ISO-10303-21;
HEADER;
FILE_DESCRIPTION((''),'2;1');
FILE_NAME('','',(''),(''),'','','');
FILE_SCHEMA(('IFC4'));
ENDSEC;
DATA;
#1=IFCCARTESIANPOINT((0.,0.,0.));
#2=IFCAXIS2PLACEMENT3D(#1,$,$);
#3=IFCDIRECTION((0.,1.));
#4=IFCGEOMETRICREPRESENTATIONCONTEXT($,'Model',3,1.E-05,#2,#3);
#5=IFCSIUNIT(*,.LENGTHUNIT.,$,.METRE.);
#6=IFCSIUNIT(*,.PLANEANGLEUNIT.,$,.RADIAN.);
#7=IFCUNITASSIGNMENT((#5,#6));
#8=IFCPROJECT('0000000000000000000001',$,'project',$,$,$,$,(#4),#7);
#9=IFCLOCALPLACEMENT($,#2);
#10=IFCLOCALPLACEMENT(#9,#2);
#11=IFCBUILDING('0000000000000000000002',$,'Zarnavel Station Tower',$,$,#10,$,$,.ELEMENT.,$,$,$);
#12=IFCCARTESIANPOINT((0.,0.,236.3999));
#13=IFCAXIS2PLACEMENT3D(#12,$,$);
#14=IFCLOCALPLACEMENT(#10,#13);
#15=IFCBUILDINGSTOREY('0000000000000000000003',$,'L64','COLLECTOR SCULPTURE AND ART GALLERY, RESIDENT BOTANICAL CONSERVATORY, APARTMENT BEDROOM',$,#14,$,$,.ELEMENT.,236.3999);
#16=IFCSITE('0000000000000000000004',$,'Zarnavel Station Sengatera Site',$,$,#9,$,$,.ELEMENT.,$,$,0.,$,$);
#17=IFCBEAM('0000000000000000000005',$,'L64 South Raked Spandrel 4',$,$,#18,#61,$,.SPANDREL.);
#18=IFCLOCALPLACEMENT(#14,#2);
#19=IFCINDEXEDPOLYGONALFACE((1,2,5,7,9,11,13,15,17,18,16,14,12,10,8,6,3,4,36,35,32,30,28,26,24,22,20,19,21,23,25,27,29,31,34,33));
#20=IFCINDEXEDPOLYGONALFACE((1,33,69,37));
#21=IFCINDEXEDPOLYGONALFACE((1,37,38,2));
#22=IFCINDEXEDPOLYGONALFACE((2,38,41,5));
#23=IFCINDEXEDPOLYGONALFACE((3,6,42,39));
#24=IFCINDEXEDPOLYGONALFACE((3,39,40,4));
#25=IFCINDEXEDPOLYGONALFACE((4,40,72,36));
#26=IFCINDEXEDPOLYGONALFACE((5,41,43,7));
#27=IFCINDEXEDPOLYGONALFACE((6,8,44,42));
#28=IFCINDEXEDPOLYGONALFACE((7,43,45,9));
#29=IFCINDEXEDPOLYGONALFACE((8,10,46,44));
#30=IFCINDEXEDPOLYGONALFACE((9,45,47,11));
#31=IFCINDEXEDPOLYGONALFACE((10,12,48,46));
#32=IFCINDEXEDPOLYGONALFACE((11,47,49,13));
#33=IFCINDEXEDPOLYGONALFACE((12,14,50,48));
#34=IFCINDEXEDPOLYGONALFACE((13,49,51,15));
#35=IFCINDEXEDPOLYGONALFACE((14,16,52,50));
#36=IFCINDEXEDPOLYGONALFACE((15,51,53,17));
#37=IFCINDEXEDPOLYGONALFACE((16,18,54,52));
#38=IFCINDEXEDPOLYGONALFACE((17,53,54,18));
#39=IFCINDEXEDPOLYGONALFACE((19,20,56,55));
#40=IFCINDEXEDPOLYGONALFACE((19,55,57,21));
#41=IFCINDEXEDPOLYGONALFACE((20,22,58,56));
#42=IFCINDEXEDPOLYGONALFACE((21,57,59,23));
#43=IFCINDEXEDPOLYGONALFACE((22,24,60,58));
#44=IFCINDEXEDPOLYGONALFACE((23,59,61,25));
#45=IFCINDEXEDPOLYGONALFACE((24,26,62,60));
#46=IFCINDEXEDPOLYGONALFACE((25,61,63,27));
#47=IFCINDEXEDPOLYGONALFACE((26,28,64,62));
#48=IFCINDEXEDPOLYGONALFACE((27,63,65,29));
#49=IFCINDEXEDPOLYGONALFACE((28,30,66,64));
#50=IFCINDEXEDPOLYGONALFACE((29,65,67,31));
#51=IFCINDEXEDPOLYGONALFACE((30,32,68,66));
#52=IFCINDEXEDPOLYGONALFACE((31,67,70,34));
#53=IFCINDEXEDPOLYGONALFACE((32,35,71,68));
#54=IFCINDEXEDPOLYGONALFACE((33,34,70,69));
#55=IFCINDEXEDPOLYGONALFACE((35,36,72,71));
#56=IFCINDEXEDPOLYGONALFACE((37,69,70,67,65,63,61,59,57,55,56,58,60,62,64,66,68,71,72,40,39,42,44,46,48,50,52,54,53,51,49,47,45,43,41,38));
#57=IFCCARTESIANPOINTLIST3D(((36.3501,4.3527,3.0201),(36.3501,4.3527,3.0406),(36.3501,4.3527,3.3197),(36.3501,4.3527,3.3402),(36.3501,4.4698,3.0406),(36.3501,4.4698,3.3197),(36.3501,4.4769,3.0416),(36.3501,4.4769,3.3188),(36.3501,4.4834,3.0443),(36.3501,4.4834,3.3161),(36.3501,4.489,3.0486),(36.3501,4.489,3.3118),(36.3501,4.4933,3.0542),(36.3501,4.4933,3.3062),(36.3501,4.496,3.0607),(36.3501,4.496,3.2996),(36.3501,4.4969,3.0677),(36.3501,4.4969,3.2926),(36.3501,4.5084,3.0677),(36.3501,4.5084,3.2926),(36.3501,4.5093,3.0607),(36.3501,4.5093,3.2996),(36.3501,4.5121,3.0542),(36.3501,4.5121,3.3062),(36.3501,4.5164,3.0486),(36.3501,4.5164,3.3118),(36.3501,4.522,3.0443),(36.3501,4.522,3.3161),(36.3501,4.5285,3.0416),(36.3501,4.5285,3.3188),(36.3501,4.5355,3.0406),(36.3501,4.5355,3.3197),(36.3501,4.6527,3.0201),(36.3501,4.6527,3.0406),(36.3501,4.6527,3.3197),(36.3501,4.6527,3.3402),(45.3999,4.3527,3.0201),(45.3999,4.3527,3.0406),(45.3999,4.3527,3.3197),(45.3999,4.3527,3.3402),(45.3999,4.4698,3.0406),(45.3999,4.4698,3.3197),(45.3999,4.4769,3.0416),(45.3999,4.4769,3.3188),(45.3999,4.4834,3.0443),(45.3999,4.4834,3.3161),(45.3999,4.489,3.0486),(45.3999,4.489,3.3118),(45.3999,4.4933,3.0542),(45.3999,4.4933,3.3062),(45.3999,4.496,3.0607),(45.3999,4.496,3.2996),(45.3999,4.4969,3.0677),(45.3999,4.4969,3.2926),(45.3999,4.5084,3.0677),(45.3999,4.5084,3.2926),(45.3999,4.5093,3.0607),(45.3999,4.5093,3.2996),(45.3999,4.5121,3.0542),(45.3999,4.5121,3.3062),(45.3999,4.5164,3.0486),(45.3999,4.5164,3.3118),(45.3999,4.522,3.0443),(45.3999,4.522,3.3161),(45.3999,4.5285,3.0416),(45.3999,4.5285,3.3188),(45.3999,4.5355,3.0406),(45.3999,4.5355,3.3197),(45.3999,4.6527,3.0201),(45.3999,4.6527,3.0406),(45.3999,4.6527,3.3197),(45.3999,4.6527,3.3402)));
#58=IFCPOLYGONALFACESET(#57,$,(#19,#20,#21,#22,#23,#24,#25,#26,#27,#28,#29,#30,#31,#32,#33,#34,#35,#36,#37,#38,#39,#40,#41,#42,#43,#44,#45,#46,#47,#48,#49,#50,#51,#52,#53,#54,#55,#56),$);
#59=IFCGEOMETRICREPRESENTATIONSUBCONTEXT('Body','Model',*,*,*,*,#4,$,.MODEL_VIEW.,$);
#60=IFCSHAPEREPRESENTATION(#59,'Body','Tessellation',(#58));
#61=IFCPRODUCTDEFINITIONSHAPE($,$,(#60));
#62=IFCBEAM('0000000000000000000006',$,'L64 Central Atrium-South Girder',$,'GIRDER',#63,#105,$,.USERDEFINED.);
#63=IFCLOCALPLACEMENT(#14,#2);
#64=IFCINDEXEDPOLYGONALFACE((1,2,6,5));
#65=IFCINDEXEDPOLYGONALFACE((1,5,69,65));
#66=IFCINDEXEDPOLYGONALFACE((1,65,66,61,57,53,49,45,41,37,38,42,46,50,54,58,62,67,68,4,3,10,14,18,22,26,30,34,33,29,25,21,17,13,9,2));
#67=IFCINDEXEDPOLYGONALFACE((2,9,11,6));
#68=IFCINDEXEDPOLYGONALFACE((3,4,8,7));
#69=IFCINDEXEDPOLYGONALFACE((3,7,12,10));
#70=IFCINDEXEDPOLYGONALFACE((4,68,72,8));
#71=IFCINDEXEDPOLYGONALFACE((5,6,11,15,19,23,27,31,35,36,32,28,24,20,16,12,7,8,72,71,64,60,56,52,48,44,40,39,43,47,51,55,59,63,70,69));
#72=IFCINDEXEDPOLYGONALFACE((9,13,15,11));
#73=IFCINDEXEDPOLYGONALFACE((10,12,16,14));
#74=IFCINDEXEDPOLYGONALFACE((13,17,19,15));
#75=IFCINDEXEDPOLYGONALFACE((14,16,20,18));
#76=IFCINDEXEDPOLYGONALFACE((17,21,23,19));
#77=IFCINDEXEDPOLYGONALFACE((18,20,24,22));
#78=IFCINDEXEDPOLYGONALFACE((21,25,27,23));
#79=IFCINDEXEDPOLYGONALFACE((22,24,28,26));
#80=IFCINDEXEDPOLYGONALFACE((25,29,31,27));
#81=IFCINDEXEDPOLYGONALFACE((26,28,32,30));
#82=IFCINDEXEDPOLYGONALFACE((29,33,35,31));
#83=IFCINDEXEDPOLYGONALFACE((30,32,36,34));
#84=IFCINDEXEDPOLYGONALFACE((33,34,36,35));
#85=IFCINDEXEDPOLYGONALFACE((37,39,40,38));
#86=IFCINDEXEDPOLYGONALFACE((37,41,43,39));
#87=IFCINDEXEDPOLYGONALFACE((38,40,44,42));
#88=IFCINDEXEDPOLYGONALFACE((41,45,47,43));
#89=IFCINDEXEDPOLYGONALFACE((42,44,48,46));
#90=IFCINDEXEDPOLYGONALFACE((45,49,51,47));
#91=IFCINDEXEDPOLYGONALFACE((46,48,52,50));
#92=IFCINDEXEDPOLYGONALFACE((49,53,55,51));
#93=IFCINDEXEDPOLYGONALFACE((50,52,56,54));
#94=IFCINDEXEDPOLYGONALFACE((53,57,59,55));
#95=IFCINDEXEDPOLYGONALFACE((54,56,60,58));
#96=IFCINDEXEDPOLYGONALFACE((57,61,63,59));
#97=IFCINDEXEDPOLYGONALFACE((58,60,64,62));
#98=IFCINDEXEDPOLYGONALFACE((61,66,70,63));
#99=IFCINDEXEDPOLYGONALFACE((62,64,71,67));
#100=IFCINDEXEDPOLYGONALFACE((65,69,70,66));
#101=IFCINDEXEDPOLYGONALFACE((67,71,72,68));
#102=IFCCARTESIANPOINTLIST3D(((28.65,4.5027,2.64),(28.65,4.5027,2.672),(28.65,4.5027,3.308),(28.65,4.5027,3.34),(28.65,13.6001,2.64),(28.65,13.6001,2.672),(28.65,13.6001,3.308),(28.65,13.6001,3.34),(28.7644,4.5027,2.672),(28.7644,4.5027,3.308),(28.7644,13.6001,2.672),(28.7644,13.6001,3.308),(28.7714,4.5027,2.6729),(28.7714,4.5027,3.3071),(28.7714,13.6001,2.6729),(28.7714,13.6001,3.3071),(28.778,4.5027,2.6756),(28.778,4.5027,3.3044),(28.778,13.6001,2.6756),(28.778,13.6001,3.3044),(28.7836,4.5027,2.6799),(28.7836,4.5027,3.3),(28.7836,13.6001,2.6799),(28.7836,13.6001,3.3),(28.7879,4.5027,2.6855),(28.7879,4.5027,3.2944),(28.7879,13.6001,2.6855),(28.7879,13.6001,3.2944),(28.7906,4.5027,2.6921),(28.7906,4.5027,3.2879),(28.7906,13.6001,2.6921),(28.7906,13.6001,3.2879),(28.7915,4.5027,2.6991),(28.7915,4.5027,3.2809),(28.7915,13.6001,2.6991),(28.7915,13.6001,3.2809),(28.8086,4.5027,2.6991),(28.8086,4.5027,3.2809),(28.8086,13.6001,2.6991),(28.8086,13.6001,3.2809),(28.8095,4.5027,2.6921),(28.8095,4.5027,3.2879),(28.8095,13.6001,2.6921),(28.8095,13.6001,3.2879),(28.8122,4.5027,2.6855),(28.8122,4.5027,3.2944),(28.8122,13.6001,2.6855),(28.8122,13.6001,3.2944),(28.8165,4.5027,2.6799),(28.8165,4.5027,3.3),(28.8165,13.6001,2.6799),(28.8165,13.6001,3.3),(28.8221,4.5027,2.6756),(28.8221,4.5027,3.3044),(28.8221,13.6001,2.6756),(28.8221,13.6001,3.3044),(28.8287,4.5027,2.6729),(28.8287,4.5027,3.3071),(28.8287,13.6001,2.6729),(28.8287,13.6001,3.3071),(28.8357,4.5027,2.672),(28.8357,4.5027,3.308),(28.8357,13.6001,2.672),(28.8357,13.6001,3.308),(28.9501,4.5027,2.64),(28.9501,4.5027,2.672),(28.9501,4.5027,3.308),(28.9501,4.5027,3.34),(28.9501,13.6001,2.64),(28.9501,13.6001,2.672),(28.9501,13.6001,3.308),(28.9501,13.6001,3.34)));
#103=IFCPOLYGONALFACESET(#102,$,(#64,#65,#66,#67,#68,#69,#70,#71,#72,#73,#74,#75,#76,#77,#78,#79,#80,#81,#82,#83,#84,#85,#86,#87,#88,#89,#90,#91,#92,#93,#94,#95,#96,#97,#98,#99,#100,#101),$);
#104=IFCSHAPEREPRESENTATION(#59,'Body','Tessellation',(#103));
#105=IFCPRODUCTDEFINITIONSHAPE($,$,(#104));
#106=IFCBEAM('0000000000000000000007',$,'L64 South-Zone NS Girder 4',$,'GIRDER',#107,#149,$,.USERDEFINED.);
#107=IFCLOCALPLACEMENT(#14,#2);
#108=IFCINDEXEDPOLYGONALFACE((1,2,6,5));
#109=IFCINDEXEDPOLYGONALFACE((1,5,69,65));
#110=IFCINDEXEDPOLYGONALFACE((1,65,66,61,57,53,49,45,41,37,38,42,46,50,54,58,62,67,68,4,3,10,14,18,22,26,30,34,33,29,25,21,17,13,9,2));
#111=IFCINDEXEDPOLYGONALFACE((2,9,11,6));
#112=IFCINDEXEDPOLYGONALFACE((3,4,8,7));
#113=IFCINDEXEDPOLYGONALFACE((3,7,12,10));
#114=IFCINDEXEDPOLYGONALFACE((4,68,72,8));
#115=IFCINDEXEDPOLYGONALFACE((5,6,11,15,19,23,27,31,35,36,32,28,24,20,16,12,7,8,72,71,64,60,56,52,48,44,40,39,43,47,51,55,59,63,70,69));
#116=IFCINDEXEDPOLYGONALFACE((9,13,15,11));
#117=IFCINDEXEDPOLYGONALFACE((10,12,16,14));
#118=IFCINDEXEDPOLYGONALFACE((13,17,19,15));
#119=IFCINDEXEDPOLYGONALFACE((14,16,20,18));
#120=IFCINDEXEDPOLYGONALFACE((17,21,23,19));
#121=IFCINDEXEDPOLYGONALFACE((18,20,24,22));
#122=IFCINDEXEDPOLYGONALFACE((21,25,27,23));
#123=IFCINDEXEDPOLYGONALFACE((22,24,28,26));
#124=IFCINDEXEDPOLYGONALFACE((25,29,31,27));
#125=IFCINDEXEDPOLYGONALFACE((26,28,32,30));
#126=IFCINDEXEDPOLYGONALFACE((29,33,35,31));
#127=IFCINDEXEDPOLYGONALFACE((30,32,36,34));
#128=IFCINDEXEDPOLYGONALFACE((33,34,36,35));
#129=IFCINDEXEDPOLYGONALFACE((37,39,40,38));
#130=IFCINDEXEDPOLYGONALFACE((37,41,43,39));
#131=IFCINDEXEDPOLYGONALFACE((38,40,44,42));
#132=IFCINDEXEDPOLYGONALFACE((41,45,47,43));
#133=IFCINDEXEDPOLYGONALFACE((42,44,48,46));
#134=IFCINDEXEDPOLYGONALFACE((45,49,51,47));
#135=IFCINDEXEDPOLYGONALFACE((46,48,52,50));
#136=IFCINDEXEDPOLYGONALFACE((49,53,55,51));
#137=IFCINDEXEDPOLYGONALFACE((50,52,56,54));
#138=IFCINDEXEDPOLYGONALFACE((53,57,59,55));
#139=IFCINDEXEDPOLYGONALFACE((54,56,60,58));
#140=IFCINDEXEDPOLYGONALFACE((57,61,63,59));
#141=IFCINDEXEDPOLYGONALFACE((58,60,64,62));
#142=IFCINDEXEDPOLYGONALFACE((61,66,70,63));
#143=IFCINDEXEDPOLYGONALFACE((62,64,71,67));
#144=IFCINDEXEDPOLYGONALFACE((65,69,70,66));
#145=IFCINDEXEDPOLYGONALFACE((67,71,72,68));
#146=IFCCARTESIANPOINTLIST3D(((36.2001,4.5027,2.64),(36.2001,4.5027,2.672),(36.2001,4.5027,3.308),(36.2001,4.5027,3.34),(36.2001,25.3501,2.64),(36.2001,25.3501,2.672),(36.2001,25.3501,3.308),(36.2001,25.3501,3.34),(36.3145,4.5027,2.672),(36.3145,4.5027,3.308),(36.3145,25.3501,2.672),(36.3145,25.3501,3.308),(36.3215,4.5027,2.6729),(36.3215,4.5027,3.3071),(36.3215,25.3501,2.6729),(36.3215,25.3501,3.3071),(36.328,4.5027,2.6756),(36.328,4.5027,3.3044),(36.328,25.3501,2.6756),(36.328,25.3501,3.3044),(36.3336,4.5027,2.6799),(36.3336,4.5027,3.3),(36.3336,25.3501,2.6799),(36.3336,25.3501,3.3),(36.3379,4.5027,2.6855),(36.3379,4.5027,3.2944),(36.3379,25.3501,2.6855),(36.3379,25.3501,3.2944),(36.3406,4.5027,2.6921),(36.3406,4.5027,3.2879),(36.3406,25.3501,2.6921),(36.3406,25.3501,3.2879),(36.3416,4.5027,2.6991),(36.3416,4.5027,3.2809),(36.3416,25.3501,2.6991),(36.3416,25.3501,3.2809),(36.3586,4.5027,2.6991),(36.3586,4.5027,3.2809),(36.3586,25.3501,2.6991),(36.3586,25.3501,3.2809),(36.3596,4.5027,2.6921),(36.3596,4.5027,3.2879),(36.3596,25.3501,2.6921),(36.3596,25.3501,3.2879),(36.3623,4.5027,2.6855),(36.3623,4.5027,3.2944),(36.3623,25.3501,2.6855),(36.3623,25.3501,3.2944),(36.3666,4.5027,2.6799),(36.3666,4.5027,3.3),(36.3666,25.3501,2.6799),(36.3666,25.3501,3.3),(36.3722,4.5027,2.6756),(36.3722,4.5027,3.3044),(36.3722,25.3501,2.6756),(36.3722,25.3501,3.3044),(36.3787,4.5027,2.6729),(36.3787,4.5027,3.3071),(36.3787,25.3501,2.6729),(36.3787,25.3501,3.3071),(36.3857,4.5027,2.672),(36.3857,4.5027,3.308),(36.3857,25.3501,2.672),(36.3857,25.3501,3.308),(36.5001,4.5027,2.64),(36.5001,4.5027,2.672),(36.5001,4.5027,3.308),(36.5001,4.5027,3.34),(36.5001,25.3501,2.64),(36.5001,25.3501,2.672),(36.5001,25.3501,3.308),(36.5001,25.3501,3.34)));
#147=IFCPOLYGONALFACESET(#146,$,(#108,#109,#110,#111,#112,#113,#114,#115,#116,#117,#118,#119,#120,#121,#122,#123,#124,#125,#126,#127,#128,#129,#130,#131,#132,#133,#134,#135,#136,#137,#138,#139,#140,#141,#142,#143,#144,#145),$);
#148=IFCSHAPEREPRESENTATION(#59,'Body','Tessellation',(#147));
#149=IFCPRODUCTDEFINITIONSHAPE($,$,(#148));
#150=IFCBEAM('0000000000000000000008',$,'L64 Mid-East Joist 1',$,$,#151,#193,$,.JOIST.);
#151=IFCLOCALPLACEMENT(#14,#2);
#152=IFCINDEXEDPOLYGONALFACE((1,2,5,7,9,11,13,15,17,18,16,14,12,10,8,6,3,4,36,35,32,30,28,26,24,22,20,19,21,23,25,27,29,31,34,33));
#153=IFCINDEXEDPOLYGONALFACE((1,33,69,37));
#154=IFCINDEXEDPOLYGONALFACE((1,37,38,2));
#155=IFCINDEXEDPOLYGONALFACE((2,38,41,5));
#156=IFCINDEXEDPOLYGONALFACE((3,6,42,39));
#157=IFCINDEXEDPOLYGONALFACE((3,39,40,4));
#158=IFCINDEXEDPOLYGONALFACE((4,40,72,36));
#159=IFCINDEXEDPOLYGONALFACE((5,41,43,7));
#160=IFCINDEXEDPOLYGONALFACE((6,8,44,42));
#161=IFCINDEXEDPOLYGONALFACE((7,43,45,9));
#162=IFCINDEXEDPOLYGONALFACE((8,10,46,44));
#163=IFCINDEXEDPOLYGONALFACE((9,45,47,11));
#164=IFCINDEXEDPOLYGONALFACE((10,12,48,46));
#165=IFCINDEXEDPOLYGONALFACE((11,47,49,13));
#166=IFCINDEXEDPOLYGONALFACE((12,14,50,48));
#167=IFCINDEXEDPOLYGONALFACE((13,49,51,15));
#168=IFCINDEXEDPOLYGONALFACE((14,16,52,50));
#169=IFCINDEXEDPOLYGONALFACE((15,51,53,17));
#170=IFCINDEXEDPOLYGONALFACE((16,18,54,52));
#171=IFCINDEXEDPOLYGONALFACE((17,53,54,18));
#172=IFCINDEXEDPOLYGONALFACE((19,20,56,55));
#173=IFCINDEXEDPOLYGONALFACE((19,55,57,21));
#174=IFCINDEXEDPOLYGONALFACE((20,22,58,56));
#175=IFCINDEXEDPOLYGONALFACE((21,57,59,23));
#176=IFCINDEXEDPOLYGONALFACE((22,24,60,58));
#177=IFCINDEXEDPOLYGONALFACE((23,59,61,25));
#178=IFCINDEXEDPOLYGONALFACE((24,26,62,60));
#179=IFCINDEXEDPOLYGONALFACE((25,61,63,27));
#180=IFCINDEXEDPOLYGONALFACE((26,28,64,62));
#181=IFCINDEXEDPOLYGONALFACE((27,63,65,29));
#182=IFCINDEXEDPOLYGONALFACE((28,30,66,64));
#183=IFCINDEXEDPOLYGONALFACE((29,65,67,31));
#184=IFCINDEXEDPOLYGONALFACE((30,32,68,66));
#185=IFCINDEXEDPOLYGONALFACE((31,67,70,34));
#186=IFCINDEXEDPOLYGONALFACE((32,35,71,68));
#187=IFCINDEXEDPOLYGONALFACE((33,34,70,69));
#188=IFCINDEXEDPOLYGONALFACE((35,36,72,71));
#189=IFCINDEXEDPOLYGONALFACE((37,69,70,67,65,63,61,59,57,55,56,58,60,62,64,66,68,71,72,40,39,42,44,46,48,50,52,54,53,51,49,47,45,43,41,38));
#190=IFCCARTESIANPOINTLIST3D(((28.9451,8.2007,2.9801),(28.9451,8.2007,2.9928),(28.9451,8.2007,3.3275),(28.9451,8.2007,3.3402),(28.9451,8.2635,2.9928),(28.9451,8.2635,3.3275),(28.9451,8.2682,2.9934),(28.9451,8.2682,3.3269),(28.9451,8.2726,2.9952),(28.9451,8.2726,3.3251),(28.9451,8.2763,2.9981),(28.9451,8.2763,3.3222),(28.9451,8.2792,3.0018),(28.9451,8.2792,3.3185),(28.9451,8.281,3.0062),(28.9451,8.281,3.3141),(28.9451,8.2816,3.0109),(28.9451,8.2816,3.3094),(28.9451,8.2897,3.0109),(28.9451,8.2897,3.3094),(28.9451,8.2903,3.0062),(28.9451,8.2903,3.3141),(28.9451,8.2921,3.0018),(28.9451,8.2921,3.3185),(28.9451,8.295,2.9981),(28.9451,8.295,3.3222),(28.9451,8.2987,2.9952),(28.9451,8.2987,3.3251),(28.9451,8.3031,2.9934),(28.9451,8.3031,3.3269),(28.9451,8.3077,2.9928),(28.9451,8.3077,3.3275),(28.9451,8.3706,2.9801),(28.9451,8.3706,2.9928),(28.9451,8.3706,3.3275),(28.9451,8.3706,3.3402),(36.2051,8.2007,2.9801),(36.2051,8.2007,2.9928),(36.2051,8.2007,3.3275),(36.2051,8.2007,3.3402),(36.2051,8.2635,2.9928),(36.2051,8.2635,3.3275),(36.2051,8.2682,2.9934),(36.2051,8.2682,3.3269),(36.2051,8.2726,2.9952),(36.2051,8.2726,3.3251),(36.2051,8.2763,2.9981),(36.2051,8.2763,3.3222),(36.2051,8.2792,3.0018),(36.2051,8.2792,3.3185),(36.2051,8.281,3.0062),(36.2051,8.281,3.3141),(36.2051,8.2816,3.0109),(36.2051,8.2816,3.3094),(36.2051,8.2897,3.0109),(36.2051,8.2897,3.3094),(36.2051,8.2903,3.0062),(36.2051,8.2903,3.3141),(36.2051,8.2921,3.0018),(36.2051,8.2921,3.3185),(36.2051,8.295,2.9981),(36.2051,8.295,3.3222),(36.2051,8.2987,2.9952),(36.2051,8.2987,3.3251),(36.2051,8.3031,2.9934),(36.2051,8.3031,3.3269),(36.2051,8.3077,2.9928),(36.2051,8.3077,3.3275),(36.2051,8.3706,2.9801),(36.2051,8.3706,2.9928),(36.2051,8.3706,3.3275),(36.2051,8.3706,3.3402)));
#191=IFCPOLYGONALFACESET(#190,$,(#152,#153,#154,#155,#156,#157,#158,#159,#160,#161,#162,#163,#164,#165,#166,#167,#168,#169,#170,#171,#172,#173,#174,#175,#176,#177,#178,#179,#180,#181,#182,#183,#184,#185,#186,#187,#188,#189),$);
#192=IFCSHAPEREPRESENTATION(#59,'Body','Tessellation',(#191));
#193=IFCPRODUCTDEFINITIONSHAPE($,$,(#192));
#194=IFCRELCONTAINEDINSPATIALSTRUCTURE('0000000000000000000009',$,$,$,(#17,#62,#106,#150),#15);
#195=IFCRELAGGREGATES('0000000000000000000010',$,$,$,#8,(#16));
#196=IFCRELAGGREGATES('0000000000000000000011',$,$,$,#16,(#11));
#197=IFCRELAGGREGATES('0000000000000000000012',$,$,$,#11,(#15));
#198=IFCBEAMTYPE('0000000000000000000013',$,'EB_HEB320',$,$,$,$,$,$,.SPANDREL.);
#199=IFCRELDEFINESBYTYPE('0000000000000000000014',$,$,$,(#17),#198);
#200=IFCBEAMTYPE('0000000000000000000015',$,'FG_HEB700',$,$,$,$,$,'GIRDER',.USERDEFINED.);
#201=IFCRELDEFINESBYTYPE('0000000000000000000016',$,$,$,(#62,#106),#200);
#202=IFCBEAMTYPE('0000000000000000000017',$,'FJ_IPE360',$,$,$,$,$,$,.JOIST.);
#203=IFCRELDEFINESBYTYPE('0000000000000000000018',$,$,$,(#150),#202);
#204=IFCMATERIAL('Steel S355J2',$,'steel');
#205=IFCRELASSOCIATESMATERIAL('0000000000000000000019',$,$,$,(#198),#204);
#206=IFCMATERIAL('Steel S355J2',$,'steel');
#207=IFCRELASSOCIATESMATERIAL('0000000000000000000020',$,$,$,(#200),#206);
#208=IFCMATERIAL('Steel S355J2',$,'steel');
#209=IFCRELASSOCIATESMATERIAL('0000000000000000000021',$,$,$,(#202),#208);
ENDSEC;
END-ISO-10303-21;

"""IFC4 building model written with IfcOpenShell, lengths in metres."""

from ifc_helpers import new_model, si_unit, direction, frame, origin, origin_2d, place, context, subcontext, project, spatial, i_section, extrude, material, material_profile, profile_set, type_object, element, save


model = new_model("IFC4")

# Units and contexts
model_context = context("Model", 3, precision=1e-05, world=origin(), true_north=direction((0.0, 1.0)))
body_context = subcontext(model_context, "Body", "Model", "MODEL_VIEW")
ifc_project = project(units=[si_unit("LENGTHUNIT", "METRE"), si_unit("PLANEANGLEUNIT", "RADIAN")], contexts=[model_context])

# Site, building, storey
site_placement = place(None, origin())
site = spatial("IfcSite", under=ifc_project, at=site_placement, Name="Zarnavel Station Sengatera Site", CompositionType="ELEMENT", RefElevation=0.0)
building_placement = place(site_placement, origin())
building = spatial("IfcBuilding", under=site, at=building_placement, Name="Zarnavel Station Tower", CompositionType="ELEMENT")
storey_placement = place(building_placement, frame((0.0, 0.0, 236.3999)))
storey = spatial("IfcBuildingStorey", under=building, at=storey_placement, Name="L64", Description="COLLECTOR SCULPTURE AND ART GALLERY, RESIDENT BOTANICAL CONSERVATORY, APARTMENT BEDROOM", CompositionType="ELEMENT", Elevation=236.3999)

# Beams
ifc_material_1 = material(Name="Steel S355J2", Category="steel")
ifc_material_profile_1 = material_profile(ifc_material_1, i_section(OverallWidth=0.3, OverallDepth=0.3201, WebThickness=0.0115, FlangeThickness=0.0205, FilletRadius=0.0271, at=origin_2d()), Name="HEB320")
ifc_profile_set_1 = profile_set([ifc_material_profile_1], Name="Steel S355J2")
beam_type_1 = type_object("IfcBeamType", Name="EB_HEB320", PredefinedType="SPANDREL", material=ifc_profile_set_1)
beam_1_placement = place(storey_placement, frame((36.3501, 4.5027, 3.1802), z_axis=(1.0, 0.0, 0.0), x_axis=(0.0, 1.0, 0.0)))
element("IfcBeam", 1, at=beam_1_placement, inside=storey, type_object=beam_type_1, Name="L64 South Raked Spandrel 4", PredefinedType="SPANDREL", context=body_context, shape_type="SweptSolid", body=[
    extrude(i_section(OverallWidth=0.3, OverallDepth=0.3201, WebThickness=0.0115, FlangeThickness=0.0205, FilletRadius=0.0271, at=origin_2d()), origin(), (0.0, 0.0, 1.0), 9.0498),
])
ifc_material_2 = material(Name="Steel S355J2", Category="steel")
ifc_material_profile_2 = material_profile(ifc_material_2, i_section(OverallWidth=0.3, OverallDepth=0.7, WebThickness=0.0171, FlangeThickness=0.032, FilletRadius=0.0271, at=origin_2d()), Name="HEB700")
ifc_profile_set_2 = profile_set([ifc_material_profile_2], Name="Steel S355J2")
beam_type_2 = type_object("IfcBeamType", Name="FG_HEB700", ElementType="GIRDER", PredefinedType="USERDEFINED", material=ifc_profile_set_2)
beam_2_placement = place(storey_placement, frame((28.8, 4.5027, 2.99), z_axis=(0.0, 1.0, 0.0), x_axis=(-1.0, 0.0, 0.0)))
element("IfcBeam", 2, at=beam_2_placement, inside=storey, type_object=beam_type_2, Name="L64 Central Atrium-South Girder", ObjectType="GIRDER", PredefinedType="USERDEFINED", context=body_context, shape_type="SweptSolid", body=[
    extrude(i_section(OverallWidth=0.3, OverallDepth=0.7, WebThickness=0.0171, FlangeThickness=0.032, FilletRadius=0.0271, at=origin_2d()), origin(), (0.0, 0.0, 1.0), 9.0974),
])
beam_3_placement = place(storey_placement, frame((36.3501, 4.5027, 2.99), z_axis=(0.0, 1.0, 0.0), x_axis=(-1.0, 0.0, 0.0)))
element("IfcBeam", 3, at=beam_3_placement, inside=storey, type_object=beam_type_2, Name="L64 South-Zone NS Girder 4", ObjectType="GIRDER", PredefinedType="USERDEFINED", context=body_context, shape_type="SweptSolid", body=[
    extrude(i_section(OverallWidth=0.3, OverallDepth=0.7, WebThickness=0.0171, FlangeThickness=0.032, FilletRadius=0.0271, at=origin_2d()), origin(), (0.0, 0.0, 1.0), 20.8474),
])
ifc_material_3 = material(Name="Steel S355J2", Category="steel")
ifc_material_profile_3 = material_profile(ifc_material_3, i_section(OverallWidth=0.1699, OverallDepth=0.3601, WebThickness=0.0081, FlangeThickness=0.0127, FilletRadius=0.0181, at=origin_2d()), Name="IPE360")
ifc_profile_set_3 = profile_set([ifc_material_profile_3], Name="Steel S355J2")
beam_type_3 = type_object("IfcBeamType", Name="FJ_IPE360", PredefinedType="JOIST", material=ifc_profile_set_3)
for number, where, z_axis, x_axis, name in (
    (4, (28.9451, 8.2856, 3.1602), (1.0, 0.0, 0.0), (0.0, 1.0, 0.0), "L64 Mid-East Joist 1"),
):
    element("IfcBeam", number, at=place(storey_placement, frame(where, z_axis=z_axis, x_axis=x_axis)), inside=storey, type_object=beam_type_3, Name=name, PredefinedType="JOIST", context=body_context, shape_type="SweptSolid", body=[
        extrude(i_section(OverallWidth=0.1699, OverallDepth=0.3601, WebThickness=0.0081, FlangeThickness=0.0127, FilletRadius=0.0181, at=origin_2d()), origin(), (0.0, 0.0, 1.0), 7.26),
    ])

save(model, "model.ifc")
